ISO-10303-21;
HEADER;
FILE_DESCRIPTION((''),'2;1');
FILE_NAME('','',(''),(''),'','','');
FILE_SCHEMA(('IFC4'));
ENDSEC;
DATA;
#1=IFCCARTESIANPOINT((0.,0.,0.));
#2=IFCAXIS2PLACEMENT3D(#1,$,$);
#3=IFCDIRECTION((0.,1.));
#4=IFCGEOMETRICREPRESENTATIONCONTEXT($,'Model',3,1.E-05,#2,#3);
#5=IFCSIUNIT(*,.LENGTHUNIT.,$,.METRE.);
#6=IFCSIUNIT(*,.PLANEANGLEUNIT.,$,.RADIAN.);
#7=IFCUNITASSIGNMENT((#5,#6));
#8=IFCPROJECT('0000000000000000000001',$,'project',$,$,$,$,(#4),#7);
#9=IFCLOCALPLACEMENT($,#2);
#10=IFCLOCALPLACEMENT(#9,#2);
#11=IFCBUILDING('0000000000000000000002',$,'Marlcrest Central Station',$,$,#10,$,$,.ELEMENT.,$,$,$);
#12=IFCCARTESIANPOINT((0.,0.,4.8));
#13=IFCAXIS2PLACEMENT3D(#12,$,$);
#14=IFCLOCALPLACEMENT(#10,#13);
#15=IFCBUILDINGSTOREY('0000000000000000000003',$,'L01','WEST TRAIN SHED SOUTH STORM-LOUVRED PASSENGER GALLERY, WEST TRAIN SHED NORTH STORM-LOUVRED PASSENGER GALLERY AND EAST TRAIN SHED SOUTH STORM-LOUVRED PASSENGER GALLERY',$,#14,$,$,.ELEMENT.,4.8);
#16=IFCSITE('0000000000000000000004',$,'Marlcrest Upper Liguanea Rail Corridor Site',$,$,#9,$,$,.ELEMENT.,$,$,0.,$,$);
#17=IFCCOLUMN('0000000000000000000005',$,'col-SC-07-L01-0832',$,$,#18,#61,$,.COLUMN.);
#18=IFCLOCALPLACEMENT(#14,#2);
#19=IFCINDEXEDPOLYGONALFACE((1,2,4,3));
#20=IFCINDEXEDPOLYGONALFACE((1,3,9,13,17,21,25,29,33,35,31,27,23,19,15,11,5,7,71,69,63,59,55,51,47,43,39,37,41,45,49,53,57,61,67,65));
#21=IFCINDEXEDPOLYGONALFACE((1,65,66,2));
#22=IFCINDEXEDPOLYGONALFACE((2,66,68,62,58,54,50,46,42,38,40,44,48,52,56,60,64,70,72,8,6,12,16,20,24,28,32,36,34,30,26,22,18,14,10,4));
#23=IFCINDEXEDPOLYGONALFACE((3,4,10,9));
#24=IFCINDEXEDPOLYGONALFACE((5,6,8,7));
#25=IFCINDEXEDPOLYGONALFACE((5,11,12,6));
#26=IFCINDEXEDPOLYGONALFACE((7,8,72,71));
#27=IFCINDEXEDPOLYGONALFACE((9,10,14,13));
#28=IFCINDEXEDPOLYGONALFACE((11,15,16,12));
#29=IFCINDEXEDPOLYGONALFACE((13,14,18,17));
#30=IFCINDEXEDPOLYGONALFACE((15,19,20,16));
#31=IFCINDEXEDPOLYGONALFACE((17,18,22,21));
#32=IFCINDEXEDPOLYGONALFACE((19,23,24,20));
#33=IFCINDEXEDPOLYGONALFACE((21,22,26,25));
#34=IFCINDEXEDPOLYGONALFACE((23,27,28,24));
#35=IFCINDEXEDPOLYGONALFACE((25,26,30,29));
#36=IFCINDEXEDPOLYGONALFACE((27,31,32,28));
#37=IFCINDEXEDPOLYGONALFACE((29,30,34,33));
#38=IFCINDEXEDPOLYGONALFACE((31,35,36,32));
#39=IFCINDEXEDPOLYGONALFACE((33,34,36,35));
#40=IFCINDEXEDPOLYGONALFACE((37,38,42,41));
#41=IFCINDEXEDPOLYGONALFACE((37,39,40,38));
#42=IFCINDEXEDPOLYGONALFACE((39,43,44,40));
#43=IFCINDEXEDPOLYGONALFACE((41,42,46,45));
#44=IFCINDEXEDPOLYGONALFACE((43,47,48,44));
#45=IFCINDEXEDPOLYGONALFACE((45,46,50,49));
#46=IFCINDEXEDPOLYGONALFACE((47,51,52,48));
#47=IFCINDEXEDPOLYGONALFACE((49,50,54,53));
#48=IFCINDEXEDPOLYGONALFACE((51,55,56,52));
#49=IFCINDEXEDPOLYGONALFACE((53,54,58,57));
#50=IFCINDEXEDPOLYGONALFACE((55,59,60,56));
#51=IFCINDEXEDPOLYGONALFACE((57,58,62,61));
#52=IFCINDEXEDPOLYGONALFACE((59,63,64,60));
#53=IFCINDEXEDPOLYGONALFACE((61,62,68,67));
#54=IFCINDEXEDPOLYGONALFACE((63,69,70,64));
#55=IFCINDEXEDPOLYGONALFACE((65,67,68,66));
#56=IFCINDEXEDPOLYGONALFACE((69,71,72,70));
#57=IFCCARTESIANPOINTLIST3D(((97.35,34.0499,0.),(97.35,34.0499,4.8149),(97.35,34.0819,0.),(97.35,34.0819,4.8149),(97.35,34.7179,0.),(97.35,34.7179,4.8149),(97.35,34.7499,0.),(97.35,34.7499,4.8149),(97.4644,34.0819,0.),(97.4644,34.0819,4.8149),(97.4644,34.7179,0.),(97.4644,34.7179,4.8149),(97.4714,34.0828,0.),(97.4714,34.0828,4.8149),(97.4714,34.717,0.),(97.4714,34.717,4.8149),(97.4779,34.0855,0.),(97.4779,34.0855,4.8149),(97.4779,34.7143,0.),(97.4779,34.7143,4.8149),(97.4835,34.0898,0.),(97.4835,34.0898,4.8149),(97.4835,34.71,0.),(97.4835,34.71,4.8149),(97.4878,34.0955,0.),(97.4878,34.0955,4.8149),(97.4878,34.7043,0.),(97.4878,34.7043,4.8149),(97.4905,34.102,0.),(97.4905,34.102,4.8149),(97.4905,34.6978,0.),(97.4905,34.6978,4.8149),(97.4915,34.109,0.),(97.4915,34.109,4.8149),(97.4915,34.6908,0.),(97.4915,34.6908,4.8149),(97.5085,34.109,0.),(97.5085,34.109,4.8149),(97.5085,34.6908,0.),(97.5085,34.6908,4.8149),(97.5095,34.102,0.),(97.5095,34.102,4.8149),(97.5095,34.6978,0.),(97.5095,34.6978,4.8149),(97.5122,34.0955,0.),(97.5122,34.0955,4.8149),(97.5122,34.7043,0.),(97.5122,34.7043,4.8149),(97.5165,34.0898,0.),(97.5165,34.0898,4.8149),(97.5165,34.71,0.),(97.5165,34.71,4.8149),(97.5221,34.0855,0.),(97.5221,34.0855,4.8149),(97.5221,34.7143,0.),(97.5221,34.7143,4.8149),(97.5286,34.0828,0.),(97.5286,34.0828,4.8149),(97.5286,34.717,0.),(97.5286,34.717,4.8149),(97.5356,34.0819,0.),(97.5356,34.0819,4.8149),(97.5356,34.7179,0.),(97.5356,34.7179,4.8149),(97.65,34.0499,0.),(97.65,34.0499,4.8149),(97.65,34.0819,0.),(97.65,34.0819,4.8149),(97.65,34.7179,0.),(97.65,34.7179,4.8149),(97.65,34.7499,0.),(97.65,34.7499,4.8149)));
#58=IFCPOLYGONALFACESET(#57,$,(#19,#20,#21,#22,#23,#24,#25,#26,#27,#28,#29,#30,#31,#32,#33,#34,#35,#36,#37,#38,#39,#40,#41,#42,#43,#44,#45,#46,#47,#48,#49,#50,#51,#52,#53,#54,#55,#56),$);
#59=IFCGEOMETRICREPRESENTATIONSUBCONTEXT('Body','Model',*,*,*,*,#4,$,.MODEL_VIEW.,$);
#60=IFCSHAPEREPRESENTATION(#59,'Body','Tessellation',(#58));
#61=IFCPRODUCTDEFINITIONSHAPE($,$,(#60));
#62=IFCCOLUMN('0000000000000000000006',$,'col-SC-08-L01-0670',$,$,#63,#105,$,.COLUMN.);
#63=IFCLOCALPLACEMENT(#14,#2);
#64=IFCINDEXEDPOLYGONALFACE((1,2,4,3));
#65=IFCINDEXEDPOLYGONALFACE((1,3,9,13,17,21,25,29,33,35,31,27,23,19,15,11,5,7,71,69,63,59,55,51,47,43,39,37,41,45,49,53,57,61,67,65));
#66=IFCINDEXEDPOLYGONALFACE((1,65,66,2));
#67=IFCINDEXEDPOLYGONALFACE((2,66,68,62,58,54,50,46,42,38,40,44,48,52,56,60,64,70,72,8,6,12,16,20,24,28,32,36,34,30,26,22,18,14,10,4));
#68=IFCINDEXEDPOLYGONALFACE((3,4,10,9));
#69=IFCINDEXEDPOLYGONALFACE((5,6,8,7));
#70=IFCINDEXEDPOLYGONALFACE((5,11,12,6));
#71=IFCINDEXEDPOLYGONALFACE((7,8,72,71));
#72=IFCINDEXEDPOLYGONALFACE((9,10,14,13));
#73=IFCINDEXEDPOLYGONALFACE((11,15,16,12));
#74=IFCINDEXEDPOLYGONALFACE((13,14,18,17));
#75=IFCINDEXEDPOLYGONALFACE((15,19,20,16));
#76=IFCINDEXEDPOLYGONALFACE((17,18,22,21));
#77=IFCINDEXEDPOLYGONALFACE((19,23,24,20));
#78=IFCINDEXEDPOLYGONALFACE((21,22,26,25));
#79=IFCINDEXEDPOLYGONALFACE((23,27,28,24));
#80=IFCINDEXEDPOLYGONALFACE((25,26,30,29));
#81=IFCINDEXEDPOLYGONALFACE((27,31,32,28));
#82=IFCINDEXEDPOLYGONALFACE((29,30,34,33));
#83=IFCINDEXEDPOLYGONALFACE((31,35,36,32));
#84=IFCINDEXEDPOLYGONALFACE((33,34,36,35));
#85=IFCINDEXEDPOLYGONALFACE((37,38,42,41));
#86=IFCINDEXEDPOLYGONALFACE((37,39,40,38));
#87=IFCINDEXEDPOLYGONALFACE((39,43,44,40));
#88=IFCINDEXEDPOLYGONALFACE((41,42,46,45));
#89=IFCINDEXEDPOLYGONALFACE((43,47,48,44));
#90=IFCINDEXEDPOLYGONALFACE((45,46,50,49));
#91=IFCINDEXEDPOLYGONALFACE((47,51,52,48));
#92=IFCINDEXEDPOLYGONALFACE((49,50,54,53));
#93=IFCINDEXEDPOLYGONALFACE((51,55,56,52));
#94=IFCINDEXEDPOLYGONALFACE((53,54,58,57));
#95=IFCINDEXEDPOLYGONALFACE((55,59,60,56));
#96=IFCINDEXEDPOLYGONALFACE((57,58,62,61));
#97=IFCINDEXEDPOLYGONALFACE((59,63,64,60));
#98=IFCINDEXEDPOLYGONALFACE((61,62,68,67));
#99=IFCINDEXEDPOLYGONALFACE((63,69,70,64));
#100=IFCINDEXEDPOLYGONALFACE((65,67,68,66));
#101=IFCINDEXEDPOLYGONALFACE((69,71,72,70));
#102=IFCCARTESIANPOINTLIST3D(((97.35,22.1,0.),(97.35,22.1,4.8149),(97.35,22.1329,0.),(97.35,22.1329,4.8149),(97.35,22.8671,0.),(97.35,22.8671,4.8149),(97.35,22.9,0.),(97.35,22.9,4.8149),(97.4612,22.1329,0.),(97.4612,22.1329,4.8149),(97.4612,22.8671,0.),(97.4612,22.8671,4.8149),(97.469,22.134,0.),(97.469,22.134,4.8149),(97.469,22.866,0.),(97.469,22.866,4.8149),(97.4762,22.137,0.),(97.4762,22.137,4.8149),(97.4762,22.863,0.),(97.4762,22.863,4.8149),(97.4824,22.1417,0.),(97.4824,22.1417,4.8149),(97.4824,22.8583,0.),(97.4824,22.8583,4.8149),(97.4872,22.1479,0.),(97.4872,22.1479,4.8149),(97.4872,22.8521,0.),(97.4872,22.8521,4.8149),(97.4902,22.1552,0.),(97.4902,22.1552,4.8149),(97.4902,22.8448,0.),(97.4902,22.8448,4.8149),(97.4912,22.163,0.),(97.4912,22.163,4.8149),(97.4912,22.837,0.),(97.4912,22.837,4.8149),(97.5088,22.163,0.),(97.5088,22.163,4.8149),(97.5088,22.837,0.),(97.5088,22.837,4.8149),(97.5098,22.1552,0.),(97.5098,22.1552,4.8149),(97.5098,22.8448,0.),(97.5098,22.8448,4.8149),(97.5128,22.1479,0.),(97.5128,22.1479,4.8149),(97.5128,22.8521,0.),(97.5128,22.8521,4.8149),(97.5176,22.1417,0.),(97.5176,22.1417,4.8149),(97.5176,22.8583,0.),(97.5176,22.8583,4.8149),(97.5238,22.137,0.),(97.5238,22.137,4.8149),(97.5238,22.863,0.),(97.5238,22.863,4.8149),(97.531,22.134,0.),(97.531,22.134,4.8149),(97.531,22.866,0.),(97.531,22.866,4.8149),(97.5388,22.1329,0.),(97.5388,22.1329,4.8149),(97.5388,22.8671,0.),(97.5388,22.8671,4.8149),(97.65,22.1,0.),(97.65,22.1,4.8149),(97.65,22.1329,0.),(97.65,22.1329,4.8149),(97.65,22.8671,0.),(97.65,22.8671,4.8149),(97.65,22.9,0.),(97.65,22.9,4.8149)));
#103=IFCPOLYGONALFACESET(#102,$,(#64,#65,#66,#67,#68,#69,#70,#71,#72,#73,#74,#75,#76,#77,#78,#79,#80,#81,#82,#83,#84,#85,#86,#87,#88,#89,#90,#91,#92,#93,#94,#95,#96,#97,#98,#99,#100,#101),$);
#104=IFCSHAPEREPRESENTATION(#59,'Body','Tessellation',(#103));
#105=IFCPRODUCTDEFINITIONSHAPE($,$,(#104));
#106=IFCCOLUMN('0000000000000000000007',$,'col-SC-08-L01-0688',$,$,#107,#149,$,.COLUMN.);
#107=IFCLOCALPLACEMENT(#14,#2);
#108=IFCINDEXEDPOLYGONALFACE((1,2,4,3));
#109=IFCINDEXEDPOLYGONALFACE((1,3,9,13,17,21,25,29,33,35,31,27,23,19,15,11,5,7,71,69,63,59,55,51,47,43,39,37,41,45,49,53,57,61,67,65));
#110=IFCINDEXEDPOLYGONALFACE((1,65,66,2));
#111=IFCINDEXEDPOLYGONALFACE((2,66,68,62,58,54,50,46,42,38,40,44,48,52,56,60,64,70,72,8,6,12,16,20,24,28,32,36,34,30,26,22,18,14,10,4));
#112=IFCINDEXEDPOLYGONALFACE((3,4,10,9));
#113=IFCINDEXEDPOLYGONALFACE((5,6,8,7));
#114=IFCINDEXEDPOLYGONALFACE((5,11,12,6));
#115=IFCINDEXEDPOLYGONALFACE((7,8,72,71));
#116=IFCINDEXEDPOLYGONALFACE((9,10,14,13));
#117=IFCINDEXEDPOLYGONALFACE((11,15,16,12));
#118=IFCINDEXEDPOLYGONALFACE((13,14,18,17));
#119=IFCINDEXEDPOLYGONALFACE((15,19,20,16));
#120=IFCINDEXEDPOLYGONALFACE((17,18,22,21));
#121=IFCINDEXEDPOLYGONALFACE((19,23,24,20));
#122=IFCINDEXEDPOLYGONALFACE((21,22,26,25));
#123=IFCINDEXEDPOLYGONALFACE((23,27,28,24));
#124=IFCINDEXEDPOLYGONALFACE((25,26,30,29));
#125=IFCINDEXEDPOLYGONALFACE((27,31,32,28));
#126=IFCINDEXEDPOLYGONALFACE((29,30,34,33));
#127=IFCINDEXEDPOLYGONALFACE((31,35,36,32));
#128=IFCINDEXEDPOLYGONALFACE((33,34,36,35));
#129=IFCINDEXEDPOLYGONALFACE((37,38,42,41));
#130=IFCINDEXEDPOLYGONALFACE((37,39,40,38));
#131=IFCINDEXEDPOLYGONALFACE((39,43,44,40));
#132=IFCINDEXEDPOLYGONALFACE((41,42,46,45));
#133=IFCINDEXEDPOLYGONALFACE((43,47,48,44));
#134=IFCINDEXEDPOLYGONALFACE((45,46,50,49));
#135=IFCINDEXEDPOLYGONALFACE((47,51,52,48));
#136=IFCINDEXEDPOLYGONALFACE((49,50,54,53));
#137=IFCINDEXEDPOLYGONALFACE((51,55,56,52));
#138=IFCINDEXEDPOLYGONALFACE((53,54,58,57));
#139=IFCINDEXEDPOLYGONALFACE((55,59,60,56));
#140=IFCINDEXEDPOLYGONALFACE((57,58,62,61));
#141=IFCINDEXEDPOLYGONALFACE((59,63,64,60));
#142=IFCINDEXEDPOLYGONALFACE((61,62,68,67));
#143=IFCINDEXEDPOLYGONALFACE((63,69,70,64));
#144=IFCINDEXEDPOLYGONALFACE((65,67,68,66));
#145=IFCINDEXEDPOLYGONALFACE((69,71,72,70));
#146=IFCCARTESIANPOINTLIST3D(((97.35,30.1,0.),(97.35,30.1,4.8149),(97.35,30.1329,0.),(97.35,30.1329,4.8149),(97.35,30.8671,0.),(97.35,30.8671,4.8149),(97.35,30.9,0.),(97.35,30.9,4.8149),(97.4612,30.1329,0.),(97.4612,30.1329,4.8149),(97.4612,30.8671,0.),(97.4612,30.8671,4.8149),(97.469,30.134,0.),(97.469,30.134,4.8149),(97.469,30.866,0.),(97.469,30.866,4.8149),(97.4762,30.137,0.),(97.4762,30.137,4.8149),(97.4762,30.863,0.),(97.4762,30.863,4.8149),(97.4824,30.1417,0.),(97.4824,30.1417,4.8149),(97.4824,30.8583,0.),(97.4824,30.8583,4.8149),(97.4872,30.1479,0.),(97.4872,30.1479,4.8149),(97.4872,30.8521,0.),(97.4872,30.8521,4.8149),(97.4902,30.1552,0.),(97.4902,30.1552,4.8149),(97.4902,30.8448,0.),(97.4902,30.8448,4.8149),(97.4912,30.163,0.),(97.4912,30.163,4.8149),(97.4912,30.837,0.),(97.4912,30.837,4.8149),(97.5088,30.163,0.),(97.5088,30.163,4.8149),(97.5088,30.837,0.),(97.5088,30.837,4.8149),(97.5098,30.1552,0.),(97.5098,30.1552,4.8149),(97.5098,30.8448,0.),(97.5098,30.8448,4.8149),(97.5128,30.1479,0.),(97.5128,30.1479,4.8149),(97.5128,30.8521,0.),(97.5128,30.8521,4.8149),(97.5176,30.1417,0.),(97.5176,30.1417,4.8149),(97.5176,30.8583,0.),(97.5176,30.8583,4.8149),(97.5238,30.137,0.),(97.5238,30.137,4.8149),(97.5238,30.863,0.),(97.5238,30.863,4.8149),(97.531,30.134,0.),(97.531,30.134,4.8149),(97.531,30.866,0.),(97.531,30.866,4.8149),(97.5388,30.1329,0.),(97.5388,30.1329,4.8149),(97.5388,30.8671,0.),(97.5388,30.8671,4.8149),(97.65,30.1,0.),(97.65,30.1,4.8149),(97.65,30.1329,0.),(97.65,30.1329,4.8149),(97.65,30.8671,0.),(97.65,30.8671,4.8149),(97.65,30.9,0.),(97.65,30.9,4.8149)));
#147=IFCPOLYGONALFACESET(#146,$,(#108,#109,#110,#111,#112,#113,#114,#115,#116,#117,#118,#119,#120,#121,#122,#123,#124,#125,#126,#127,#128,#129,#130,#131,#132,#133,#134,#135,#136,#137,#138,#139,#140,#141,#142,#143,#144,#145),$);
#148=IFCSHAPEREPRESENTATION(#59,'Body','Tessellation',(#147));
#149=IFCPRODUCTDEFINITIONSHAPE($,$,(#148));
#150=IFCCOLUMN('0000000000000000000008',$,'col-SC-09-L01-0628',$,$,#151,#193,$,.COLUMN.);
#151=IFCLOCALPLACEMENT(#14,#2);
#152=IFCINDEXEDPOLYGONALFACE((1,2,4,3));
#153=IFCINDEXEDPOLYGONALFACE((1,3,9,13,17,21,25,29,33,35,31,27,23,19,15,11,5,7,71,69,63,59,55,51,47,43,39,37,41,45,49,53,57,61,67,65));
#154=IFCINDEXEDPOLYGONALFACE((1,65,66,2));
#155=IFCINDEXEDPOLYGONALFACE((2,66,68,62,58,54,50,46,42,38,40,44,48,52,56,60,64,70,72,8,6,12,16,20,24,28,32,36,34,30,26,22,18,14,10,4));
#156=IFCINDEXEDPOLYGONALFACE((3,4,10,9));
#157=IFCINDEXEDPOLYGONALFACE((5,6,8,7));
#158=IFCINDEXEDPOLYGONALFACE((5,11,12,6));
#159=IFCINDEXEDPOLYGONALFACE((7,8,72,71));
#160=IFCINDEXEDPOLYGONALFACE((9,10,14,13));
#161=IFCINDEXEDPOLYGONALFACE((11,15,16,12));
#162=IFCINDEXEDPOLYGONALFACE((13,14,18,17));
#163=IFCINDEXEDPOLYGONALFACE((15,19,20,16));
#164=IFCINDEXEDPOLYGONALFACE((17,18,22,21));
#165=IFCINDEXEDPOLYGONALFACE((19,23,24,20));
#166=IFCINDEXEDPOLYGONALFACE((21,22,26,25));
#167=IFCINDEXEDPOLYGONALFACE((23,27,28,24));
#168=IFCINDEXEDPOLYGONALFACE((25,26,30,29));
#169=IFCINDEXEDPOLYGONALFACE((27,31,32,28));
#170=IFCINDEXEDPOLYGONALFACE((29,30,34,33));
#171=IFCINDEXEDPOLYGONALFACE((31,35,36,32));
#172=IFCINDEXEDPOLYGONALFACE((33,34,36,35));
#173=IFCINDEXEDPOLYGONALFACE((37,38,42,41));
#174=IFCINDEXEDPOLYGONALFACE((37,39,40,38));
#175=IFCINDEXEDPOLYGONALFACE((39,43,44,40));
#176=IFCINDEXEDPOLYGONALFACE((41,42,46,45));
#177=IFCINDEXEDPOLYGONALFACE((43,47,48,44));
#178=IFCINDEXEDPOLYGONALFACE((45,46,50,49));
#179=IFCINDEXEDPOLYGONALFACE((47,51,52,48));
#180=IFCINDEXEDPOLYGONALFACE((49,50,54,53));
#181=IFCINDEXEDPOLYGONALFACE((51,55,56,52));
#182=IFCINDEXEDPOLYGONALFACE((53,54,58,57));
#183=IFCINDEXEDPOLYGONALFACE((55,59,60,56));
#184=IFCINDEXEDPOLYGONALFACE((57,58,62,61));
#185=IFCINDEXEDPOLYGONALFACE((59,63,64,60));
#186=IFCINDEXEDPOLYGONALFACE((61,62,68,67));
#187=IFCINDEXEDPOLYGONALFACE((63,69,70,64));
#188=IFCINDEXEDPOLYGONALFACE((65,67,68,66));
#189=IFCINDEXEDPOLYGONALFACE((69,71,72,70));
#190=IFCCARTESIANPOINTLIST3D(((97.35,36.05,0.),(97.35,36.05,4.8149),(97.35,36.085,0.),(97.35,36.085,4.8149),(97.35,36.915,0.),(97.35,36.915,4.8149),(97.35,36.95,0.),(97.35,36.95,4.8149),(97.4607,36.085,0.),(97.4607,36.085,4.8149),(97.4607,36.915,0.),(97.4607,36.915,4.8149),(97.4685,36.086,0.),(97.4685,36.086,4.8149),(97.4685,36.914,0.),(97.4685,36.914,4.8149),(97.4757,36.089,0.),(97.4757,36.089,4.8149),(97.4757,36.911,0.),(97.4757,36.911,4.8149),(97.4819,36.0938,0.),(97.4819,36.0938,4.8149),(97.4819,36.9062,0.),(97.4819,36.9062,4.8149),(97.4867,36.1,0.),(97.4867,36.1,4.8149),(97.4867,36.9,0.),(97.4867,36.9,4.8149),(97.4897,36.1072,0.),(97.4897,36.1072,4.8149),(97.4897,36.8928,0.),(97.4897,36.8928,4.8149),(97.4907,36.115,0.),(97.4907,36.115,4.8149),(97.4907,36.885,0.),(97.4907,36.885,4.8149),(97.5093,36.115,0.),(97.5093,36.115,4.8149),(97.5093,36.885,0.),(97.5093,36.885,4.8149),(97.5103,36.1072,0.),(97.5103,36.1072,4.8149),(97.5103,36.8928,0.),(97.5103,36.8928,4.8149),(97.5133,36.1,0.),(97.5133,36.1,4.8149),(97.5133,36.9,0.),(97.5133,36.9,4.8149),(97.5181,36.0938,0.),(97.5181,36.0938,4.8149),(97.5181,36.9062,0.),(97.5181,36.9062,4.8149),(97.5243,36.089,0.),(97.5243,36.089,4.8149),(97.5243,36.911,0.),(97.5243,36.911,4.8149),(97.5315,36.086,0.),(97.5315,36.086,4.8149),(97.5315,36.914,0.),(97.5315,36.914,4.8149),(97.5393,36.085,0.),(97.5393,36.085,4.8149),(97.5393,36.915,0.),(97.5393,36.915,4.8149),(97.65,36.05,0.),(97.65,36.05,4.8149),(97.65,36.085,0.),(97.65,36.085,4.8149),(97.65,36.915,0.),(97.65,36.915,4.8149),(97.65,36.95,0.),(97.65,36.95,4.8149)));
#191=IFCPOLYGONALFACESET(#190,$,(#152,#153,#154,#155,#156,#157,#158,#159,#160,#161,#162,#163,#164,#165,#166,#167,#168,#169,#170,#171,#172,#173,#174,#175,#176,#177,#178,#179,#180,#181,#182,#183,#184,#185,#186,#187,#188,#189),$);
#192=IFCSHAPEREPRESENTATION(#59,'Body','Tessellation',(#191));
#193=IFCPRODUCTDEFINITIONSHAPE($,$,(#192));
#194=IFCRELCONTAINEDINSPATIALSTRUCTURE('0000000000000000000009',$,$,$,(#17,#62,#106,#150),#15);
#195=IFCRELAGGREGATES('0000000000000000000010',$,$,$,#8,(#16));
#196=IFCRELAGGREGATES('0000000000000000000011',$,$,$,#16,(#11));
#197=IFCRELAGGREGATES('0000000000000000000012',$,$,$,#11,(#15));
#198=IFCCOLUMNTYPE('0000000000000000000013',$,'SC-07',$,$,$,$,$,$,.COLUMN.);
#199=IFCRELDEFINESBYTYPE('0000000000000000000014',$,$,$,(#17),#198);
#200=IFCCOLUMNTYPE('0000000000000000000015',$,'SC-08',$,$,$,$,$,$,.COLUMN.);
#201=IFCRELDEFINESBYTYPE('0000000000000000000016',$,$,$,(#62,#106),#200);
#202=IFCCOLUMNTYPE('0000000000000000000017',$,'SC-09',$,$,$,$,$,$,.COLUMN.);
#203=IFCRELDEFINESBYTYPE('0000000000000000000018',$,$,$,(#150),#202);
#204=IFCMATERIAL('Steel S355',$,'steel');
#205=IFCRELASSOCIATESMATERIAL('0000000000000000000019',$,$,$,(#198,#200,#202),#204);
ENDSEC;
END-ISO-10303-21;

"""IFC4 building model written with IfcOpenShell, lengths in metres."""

from ifc_helpers import new_model, si_unit, direction, frame, origin, origin_2d, place, context, subcontext, project, spatial, i_section, extrude, material, material_profile, profile_set, type_object, element, save


model = new_model("IFC4")

# Units and contexts
model_context = context("Model", 3, precision=1e-05, world=origin(), true_north=direction((0.0, 1.0)))
body_context = subcontext(model_context, "Body", "Model", "MODEL_VIEW")
ifc_project = project(units=[si_unit("LENGTHUNIT", "METRE"), si_unit("PLANEANGLEUNIT", "RADIAN")], contexts=[model_context])

# Site, building, storey
site_placement = place(None, origin())
site = spatial("IfcSite", under=ifc_project, at=site_placement, Name="Marlcrest Upper Liguanea Rail Corridor Site", CompositionType="ELEMENT", RefElevation=0.0)
building_placement = place(site_placement, origin())
building = spatial("IfcBuilding", under=site, at=building_placement, Name="Marlcrest Central Station", CompositionType="ELEMENT")
storey_placement = place(building_placement, frame((0.0, 0.0, 4.8)))
storey = spatial("IfcBuildingStorey", under=building, at=storey_placement, Name="L01", Description="WEST TRAIN SHED SOUTH STORM-LOUVRED PASSENGER GALLERY, WEST TRAIN SHED NORTH STORM-LOUVRED PASSENGER GALLERY AND EAST TRAIN SHED SOUTH STORM-LOUVRED PASSENGER GALLERY", CompositionType="ELEMENT", Elevation=4.8)

# Columns
ifc_material_1 = material(Name="Steel S355", Category="steel")
ifc_material_profile_1 = material_profile(ifc_material_1, i_section(OverallWidth=0.3, OverallDepth=0.7, WebThickness=0.0171, FlangeThickness=0.032, FilletRadius=0.0271, at=origin_2d()), Name="HEB 700")
ifc_profile_set_1 = profile_set([ifc_material_profile_1], Name="Steel S355")
column_type_1 = type_object("IfcColumnType", Name="SC-07", PredefinedType="COLUMN", material=ifc_profile_set_1)
column_1_placement = place(storey_placement, frame((97.5, 34.3999, 0.0), z_axis=(0.0, 0.0, 1.0), x_axis=(1.0, 0.0, 0.0)))
element("IfcColumn", 1, at=column_1_placement, inside=storey, type_object=column_type_1, Name="col-SC-07-L01-0832", PredefinedType="COLUMN", context=body_context, shape_type="SweptSolid", body=[
    extrude(i_section(OverallWidth=0.3, OverallDepth=0.7, WebThickness=0.0171, FlangeThickness=0.032, FilletRadius=0.0271, at=origin_2d()), origin(), (0.0, 0.0, 1.0), 4.8149),
])
ifc_material_profile_2 = material_profile(ifc_material_1, i_section(OverallWidth=0.3, OverallDepth=0.8, WebThickness=0.0176, FlangeThickness=0.033, FilletRadius=0.03, at=origin_2d()), Name="HEB 800")
ifc_profile_set_2 = profile_set([ifc_material_profile_2], Name="Steel S355")
column_type_2 = type_object("IfcColumnType", Name="SC-08", PredefinedType="COLUMN", material=ifc_profile_set_2)
for number, where, z_axis, x_axis, name in (
    (2, (97.5, 22.5, 0.0), (0.0, 0.0, 1.0), (1.0, 0.0, 0.0), "col-SC-08-L01-0670"),
    (3, (97.5, 30.5, 0.0), (0.0, 0.0, 1.0), (1.0, 0.0, 0.0), "col-SC-08-L01-0688"),
):
    element("IfcColumn", number, at=place(storey_placement, frame(where, z_axis=z_axis, x_axis=x_axis)), inside=storey, type_object=column_type_2, Name=name, PredefinedType="COLUMN", context=body_context, shape_type="SweptSolid", body=[
        extrude(i_section(OverallWidth=0.3, OverallDepth=0.8, WebThickness=0.0176, FlangeThickness=0.033, FilletRadius=0.03, at=origin_2d()), origin(), (0.0, 0.0, 1.0), 4.8149),
    ])
ifc_material_profile_3 = material_profile(ifc_material_1, i_section(OverallWidth=0.3, OverallDepth=0.8999, WebThickness=0.0186, FlangeThickness=0.0349, FilletRadius=0.03, at=origin_2d()), Name="HEB 900")
ifc_profile_set_3 = profile_set([ifc_material_profile_3], Name="Steel S355")
column_type_3 = type_object("IfcColumnType", Name="SC-09", PredefinedType="COLUMN", material=ifc_profile_set_3)
column_2_placement = place(storey_placement, frame((97.5, 36.5, 0.0), z_axis=(0.0, 0.0, 1.0), x_axis=(1.0, 0.0, 0.0)))
element("IfcColumn", 4, at=column_2_placement, inside=storey, type_object=column_type_3, Name="col-SC-09-L01-0628", PredefinedType="COLUMN", context=body_context, shape_type="SweptSolid", body=[
    extrude(i_section(OverallWidth=0.3, OverallDepth=0.8999, WebThickness=0.0186, FlangeThickness=0.0349, FilletRadius=0.03, at=origin_2d()), origin(), (0.0, 0.0, 1.0), 4.8149),
])

save(model, "model.ifc")
